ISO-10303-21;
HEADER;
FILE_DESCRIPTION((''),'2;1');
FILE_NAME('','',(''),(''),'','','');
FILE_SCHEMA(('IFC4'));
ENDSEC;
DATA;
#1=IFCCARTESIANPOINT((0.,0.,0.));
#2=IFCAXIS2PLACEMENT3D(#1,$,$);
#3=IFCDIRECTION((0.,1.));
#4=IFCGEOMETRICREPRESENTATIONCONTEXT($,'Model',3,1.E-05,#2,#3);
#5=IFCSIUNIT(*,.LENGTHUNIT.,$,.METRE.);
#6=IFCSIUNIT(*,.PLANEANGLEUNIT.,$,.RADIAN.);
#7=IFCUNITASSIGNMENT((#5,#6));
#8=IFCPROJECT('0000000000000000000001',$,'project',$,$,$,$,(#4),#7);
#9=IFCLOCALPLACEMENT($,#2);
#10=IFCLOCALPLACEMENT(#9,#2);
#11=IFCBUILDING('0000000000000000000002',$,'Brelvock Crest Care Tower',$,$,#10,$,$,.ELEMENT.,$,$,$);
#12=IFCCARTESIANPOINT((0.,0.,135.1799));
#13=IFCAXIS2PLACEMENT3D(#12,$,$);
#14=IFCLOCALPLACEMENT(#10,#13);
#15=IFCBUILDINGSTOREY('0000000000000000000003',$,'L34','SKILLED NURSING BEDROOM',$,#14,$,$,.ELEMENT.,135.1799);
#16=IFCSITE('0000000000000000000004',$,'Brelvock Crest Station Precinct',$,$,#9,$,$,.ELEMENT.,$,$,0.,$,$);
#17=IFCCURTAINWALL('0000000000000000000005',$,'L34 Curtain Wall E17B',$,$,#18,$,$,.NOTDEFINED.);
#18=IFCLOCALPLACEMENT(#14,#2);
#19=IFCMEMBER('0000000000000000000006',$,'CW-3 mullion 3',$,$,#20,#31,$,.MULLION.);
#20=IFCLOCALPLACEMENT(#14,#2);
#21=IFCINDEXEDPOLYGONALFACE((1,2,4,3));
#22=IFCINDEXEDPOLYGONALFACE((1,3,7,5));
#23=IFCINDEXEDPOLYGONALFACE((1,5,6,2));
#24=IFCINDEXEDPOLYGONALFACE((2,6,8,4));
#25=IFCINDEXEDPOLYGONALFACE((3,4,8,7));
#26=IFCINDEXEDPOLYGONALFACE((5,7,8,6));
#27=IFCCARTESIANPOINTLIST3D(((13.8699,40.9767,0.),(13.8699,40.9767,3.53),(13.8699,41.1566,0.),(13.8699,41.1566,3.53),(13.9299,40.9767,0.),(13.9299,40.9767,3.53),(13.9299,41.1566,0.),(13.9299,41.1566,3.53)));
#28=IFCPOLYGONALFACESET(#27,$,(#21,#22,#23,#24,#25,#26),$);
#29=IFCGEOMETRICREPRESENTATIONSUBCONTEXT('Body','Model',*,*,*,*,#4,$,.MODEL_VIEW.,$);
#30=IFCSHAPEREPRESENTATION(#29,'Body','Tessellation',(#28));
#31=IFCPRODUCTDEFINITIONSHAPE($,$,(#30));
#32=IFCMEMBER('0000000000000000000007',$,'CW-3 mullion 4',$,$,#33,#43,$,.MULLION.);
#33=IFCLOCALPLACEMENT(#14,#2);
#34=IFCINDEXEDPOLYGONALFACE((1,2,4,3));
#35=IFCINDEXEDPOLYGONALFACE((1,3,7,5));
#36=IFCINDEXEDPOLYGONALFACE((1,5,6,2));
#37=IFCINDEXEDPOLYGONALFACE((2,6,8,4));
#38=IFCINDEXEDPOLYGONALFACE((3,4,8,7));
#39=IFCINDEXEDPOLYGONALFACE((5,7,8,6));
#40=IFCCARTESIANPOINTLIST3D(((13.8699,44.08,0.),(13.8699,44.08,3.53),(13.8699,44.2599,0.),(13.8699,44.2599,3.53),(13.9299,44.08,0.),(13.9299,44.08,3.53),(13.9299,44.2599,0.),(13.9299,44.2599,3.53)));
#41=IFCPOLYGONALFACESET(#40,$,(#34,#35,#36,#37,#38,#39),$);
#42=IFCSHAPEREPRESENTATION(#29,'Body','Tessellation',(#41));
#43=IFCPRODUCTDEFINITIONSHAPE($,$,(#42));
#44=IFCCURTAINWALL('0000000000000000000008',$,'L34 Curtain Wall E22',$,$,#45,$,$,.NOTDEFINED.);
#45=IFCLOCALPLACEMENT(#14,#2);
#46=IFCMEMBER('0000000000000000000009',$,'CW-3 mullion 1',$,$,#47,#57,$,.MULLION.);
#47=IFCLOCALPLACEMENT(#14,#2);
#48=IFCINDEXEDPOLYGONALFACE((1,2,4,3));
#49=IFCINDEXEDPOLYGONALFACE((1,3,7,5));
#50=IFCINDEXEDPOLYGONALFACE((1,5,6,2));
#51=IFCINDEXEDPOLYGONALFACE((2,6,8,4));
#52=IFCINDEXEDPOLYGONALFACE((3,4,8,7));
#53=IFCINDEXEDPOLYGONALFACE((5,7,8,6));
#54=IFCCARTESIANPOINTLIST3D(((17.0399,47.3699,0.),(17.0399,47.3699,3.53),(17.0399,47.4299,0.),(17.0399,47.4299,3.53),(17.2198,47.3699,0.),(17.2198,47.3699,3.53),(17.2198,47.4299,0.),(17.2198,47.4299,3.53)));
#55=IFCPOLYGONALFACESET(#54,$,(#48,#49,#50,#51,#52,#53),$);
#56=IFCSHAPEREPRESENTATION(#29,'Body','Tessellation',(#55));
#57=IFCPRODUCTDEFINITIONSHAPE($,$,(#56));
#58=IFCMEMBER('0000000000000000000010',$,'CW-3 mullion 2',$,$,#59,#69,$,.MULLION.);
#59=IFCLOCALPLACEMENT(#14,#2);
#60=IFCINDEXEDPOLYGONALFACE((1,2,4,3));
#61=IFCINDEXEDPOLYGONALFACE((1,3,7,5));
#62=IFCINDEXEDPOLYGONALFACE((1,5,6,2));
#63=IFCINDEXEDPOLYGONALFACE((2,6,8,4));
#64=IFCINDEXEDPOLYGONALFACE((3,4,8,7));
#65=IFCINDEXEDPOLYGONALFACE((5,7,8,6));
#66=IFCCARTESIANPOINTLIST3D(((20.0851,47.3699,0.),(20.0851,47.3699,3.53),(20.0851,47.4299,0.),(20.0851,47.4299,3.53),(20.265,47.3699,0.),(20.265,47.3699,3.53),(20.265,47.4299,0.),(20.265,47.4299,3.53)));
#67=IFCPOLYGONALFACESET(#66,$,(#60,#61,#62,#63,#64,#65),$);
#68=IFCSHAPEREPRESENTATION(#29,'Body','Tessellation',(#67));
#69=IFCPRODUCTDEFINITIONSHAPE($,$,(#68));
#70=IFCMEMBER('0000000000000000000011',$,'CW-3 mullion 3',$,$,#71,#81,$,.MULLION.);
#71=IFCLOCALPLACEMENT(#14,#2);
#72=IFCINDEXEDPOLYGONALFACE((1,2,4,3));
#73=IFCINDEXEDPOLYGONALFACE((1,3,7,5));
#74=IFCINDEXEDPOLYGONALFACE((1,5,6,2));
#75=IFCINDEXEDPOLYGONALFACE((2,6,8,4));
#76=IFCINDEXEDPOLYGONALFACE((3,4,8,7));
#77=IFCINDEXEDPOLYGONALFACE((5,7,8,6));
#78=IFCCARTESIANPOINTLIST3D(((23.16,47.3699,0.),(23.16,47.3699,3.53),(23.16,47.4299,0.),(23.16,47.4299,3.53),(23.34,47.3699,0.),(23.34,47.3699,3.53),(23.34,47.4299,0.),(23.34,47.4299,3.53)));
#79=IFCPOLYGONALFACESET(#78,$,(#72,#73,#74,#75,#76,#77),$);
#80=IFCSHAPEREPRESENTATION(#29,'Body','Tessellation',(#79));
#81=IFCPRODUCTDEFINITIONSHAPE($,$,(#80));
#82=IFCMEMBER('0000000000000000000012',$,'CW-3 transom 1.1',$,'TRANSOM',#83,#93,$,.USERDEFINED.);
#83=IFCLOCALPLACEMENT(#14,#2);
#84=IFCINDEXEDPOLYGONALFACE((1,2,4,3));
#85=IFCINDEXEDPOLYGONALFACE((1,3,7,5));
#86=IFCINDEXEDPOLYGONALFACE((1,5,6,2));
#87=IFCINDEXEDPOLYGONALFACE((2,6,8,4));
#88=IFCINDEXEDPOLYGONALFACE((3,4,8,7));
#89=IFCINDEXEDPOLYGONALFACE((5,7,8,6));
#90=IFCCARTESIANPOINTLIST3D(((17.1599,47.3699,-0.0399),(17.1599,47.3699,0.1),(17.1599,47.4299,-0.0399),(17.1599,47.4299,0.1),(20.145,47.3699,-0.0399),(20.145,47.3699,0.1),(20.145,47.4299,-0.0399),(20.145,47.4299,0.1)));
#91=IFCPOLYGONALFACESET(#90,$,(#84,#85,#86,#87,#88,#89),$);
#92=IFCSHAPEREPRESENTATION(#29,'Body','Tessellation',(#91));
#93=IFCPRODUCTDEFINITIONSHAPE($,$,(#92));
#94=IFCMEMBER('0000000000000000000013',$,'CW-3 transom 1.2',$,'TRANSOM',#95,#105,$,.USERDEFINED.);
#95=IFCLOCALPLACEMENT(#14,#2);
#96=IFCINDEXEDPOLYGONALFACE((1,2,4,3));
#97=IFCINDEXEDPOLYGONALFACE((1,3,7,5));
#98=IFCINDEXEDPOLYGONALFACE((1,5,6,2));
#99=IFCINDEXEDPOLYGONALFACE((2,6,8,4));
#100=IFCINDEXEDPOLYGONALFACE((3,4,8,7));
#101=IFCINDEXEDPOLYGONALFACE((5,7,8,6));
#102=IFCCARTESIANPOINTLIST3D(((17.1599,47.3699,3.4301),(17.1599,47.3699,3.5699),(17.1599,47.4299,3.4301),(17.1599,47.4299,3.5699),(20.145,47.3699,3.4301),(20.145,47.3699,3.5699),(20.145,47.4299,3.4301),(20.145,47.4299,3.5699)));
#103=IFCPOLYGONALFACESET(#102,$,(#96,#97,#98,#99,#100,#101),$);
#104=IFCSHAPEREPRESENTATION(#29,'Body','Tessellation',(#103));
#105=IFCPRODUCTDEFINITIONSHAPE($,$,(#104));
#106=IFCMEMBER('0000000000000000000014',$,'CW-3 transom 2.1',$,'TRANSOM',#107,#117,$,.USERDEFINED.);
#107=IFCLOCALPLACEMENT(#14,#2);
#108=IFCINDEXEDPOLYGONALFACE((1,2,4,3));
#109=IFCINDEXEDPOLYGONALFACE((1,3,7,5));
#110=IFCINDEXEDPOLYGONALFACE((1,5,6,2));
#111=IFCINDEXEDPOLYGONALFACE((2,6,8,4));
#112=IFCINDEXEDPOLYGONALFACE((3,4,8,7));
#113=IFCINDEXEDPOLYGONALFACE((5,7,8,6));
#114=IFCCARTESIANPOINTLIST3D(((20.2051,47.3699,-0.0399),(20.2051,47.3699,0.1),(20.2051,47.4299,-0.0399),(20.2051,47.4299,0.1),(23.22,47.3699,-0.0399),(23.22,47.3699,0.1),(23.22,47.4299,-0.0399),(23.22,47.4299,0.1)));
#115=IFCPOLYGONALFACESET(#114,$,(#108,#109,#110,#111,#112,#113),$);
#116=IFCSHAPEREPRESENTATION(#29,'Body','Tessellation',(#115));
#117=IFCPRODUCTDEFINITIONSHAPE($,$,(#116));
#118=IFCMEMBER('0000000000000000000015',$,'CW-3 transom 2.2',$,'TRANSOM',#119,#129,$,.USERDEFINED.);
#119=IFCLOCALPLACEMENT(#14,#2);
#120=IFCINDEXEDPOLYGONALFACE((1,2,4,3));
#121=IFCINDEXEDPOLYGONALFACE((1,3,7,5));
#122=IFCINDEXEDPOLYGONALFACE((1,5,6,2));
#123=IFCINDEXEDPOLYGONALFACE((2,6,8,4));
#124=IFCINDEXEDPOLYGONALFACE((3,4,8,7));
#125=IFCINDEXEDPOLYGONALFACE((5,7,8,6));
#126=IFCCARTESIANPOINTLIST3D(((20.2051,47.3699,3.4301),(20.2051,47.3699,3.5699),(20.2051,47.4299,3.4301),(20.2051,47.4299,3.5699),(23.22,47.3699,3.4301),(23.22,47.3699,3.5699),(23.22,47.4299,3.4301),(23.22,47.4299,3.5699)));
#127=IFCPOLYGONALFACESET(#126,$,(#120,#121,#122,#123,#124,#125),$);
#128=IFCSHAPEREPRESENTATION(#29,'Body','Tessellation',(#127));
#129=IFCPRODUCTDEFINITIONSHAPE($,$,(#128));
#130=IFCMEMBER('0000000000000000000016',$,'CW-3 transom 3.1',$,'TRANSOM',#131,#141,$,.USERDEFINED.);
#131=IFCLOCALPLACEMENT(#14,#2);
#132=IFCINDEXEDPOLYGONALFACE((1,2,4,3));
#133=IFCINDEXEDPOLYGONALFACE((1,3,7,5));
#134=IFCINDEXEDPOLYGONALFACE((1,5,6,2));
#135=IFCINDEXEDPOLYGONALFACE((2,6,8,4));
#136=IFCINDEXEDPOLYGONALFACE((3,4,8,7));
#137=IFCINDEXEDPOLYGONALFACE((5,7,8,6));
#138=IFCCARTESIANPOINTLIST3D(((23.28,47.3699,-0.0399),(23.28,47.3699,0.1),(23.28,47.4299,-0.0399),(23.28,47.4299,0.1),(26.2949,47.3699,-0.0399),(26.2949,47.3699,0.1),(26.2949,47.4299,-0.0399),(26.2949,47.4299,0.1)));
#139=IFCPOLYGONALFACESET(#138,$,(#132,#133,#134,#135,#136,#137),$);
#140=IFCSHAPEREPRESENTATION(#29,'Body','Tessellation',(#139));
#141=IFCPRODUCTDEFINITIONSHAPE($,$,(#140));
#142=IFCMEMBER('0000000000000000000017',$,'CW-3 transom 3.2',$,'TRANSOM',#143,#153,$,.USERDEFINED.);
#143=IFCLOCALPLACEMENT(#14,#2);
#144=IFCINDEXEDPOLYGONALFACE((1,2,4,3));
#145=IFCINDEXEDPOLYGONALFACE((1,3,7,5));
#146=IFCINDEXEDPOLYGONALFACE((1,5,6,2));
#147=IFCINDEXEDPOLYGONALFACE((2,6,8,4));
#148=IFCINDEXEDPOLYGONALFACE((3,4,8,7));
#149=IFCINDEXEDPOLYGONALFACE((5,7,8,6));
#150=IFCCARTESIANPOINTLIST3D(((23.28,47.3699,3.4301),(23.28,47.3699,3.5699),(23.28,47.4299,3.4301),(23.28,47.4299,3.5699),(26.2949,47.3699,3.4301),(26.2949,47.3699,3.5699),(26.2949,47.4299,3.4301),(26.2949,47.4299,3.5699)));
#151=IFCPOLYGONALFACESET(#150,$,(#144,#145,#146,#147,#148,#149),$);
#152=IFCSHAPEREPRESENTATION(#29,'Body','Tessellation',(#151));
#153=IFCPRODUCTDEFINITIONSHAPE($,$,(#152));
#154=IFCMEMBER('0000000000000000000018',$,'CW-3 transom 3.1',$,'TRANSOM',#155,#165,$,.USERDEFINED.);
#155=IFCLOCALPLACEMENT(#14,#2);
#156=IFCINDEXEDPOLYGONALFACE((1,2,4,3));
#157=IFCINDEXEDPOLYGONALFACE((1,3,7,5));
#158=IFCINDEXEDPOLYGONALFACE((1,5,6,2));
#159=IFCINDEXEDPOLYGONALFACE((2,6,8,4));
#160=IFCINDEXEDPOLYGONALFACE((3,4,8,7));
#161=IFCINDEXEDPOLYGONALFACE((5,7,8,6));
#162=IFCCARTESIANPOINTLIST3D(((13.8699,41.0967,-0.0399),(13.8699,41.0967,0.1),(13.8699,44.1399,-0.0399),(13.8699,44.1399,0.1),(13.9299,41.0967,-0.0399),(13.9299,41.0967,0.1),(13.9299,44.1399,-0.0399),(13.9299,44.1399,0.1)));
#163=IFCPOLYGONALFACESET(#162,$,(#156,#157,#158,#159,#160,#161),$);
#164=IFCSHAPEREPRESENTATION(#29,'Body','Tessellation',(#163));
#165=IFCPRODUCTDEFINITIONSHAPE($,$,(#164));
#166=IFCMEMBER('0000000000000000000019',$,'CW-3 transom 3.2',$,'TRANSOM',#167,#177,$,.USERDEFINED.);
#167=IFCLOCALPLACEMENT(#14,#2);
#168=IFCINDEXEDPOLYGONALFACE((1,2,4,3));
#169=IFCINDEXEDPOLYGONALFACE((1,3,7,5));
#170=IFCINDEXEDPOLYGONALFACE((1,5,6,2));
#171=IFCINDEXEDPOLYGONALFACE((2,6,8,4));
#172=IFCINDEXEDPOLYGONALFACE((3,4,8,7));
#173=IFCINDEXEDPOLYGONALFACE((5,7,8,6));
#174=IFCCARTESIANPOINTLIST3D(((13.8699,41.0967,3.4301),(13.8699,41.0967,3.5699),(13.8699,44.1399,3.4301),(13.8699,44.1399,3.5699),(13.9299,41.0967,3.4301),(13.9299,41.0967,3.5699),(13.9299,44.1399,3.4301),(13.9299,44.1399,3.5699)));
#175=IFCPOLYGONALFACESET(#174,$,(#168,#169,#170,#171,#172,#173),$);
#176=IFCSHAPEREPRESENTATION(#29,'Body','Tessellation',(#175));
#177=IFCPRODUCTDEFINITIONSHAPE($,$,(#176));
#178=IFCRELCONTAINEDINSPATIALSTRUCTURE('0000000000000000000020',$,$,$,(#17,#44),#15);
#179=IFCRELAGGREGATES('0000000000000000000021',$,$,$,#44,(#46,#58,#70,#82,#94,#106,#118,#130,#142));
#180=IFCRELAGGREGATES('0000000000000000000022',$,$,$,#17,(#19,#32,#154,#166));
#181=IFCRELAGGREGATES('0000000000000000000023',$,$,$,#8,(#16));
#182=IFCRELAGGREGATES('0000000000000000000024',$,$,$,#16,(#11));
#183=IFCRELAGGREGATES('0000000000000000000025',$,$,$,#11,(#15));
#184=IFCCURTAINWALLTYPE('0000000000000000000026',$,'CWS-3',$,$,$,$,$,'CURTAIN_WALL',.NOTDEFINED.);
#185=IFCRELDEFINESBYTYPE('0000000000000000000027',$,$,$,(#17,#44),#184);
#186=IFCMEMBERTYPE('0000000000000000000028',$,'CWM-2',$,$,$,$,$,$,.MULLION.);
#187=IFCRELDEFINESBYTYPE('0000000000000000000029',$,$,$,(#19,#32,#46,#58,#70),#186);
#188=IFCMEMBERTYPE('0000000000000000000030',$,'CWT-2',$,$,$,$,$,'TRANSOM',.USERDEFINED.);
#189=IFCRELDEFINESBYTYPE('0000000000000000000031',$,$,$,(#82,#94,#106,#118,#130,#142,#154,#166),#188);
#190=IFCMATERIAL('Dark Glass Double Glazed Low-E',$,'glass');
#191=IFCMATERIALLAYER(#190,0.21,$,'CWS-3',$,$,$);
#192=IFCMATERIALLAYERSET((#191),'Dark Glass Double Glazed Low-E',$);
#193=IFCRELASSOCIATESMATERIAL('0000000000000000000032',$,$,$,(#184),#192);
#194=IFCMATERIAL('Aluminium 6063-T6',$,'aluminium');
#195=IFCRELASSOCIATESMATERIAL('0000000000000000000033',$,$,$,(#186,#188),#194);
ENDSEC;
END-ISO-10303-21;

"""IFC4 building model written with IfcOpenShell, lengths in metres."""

from ifc_helpers import new_model, si_unit, direction, frame, origin, origin_2d, place, context, subcontext, project, spatial, rectangle, extrude, source, transform, mapped, material, layer, layer_set, material_profile, profile_set, type_object, element, aggregate, save


model = new_model("IFC4")

# Units and contexts
model_context = context("Model", 3, precision=1e-05, world=origin(), true_north=direction((0.0, 1.0)))
body_context = subcontext(model_context, "Body", "Model", "MODEL_VIEW")
ifc_project = project(units=[si_unit("LENGTHUNIT", "METRE"), si_unit("PLANEANGLEUNIT", "RADIAN")], contexts=[model_context])

# Site, building, storey
site_placement = place(None, origin())
site = spatial("IfcSite", under=ifc_project, at=site_placement, Name="Brelvock Crest Station Precinct", CompositionType="ELEMENT", RefElevation=0.0)
building_placement = place(site_placement, origin())
building = spatial("IfcBuilding", under=site, at=building_placement, Name="Brelvock Crest Care Tower", CompositionType="ELEMENT")
storey_placement = place(building_placement, frame((0.0, 0.0, 135.1799)))
storey = spatial("IfcBuildingStorey", under=building, at=storey_placement, Name="L34", Description="SKILLED NURSING BEDROOM", CompositionType="ELEMENT", Elevation=135.1799)

# Curtain walls, members
ifc_material_1 = material(Name="Dark Glass Double Glazed Low-E", Category="glass")
ifc_layer_1 = layer(ifc_material_1, 0.21, Name="CWS-3")
ifc_layer_set_1 = layer_set([ifc_layer_1], Name="Dark Glass Double Glazed Low-E")
curtain_wall_type = type_object("IfcCurtainWallType", Name="CWS-3", ElementType="CURTAIN_WALL", PredefinedType="NOTDEFINED", material=ifc_layer_set_1)
curtain_wall_1_placement = place(storey_placement, origin())
curtain_wall_1 = element("IfcCurtainWall", 1, at=curtain_wall_1_placement, inside=storey, type_object=curtain_wall_type, Name="L34 Curtain Wall E17B", PredefinedType="NOTDEFINED")
ifc_material_2 = material(Name="Aluminium 6063-T6", Category="aluminium")
ifc_material_profile_1 = material_profile(ifc_material_2, rectangle(XDim=0.0601, YDim=0.1799, at=origin_2d()), Name="ALU60x180")
ifc_profile_set_1 = profile_set([ifc_material_profile_1], Name="Aluminium 6063-T6")
member_type_1 = type_object("IfcMemberType", Name="CWM-2", PredefinedType="MULLION", material=ifc_profile_set_1)
shared_shape_1 = source(origin(), body_context, "Body", "SweptSolid", [
    extrude(rectangle(XDim=0.0601, YDim=0.1799, at=origin_2d()), origin(), (0.0, 0.0, 1.0), 3.53),
])
member_1_placement = place(storey_placement, frame((13.8999, 41.0667, 0.0), z_axis=(0.0, 0.0, 1.0), x_axis=(-1.0, 0.0, 0.0)))
member_1 = element("IfcMember", 2, at=member_1_placement, type_object=member_type_1, Name="CW-3 mullion 3", PredefinedType="MULLION", context=body_context, shape_type="MappedRepresentation", body=[
    mapped(shared_shape_1, transform((0.0, 0.0, 0.0), x_axis=(1.0, 0.0, 0.0), y_axis=(0.0, 1.0, 0.0), z_axis=(0.0, 0.0, 1.0), scale=1.0)),
])
member_2_placement = place(storey_placement, frame((13.8999, 44.1699, 0.0), z_axis=(0.0, 0.0, 1.0), x_axis=(-1.0, 0.0, 0.0)))
member_2 = element("IfcMember", 3, at=member_2_placement, type_object=member_type_1, Name="CW-3 mullion 4", PredefinedType="MULLION", context=body_context, shape_type="MappedRepresentation", body=[
    mapped(shared_shape_1, transform((0.0, 0.0, 0.0), x_axis=(1.0, 0.0, 0.0), y_axis=(0.0, 1.0, 0.0), z_axis=(0.0, 0.0, 1.0), scale=1.0)),
])
curtain_wall_2_placement = place(storey_placement, origin())
curtain_wall_2 = element("IfcCurtainWall", 4, at=curtain_wall_2_placement, inside=storey, type_object=curtain_wall_type, Name="L34 Curtain Wall E22", PredefinedType="NOTDEFINED")
member_3_placement = place(storey_placement, frame((17.1299, 47.3999, 0.0), z_axis=(0.0, 0.0, 1.0), x_axis=(0.0, 1.0, 0.0)))
member_3 = element("IfcMember", 5, at=member_3_placement, type_object=member_type_1, Name="CW-3 mullion 1", PredefinedType="MULLION", context=body_context, shape_type="MappedRepresentation", body=[
    mapped(shared_shape_1, transform((0.0, 0.0, 0.0), x_axis=(1.0, 0.0, 0.0), y_axis=(0.0, 1.0, 0.0), z_axis=(0.0, 0.0, 1.0), scale=1.0)),
])
member_4_placement = place(storey_placement, frame((20.175, 47.3999, 0.0), z_axis=(0.0, 0.0, 1.0), x_axis=(0.0, 1.0, 0.0)))
member_4 = element("IfcMember", 6, at=member_4_placement, type_object=member_type_1, Name="CW-3 mullion 2", PredefinedType="MULLION", context=body_context, shape_type="MappedRepresentation", body=[
    mapped(shared_shape_1, transform((0.0, 0.0, 0.0), x_axis=(1.0, 0.0, 0.0), y_axis=(0.0, 1.0, 0.0), z_axis=(0.0, 0.0, 1.0), scale=1.0)),
])
member_5_placement = place(storey_placement, frame((23.25, 47.3999, 0.0), z_axis=(0.0, 0.0, 1.0), x_axis=(0.0, 1.0, 0.0)))
member_5 = element("IfcMember", 7, at=member_5_placement, type_object=member_type_1, Name="CW-3 mullion 3", PredefinedType="MULLION", context=body_context, shape_type="MappedRepresentation", body=[
    mapped(shared_shape_1, transform((0.0, 0.0, 0.0), x_axis=(1.0, 0.0, 0.0), y_axis=(0.0, 1.0, 0.0), z_axis=(0.0, 0.0, 1.0), scale=1.0)),
])
ifc_material_profile_2 = material_profile(ifc_material_2, rectangle(XDim=0.0601, YDim=0.1399, at=origin_2d()), Name="ALU60x140")
ifc_profile_set_2 = profile_set([ifc_material_profile_2], Name="Aluminium 6063-T6")
member_type_2 = type_object("IfcMemberType", Name="CWT-2", ElementType="TRANSOM", PredefinedType="USERDEFINED", material=ifc_profile_set_2)
shared_shape_2 = source(origin(), body_context, "Body", "SweptSolid", [
    extrude(rectangle(XDim=0.0601, YDim=0.1399, at=origin_2d()), origin(), (0.0, 0.0, 1.0), 2.9851),
])
member_6_placement = place(storey_placement, frame((17.1599, 47.3999, 0.03), z_axis=(1.0, 0.0, 0.0), x_axis=(0.0, 1.0, 0.0)))
member_6 = element("IfcMember", 8, at=member_6_placement, type_object=member_type_2, Name="CW-3 transom 1.1", ObjectType="TRANSOM", PredefinedType="USERDEFINED", context=body_context, shape_type="MappedRepresentation", body=[
    mapped(shared_shape_2, transform((0.0, 0.0, 0.0), x_axis=(1.0, 0.0, 0.0), y_axis=(0.0, 1.0, 0.0), z_axis=(0.0, 0.0, 1.0), scale=1.0)),
])
member_7_placement = place(storey_placement, frame((17.1599, 47.3999, 3.5), z_axis=(1.0, 0.0, 0.0), x_axis=(0.0, 1.0, 0.0)))
member_7 = element("IfcMember", 9, at=member_7_placement, type_object=member_type_2, Name="CW-3 transom 1.2", ObjectType="TRANSOM", PredefinedType="USERDEFINED", context=body_context, shape_type="MappedRepresentation", body=[
    mapped(shared_shape_2, transform((0.0, 0.0, 0.0), x_axis=(1.0, 0.0, 0.0), y_axis=(0.0, 1.0, 0.0), z_axis=(0.0, 0.0, 1.0), scale=1.0)),
])
shared_shape_3 = source(origin(), body_context, "Body", "SweptSolid", [
    extrude(rectangle(XDim=0.0601, YDim=0.1399, at=origin_2d()), origin(), (0.0, 0.0, 1.0), 3.0149),
])
member_8_placement = place(storey_placement, frame((20.2051, 47.3999, 0.03), z_axis=(1.0, 0.0, 0.0), x_axis=(0.0, 1.0, 0.0)))
member_8 = element("IfcMember", 10, at=member_8_placement, type_object=member_type_2, Name="CW-3 transom 2.1", ObjectType="TRANSOM", PredefinedType="USERDEFINED", context=body_context, shape_type="MappedRepresentation", body=[
    mapped(shared_shape_3, transform((0.0, 0.0, 0.0), x_axis=(1.0, 0.0, 0.0), y_axis=(0.0, 1.0, 0.0), z_axis=(0.0, 0.0, 1.0), scale=1.0)),
])
member_9_placement = place(storey_placement, frame((20.2051, 47.3999, 3.5), z_axis=(1.0, 0.0, 0.0), x_axis=(0.0, 1.0, 0.0)))
member_9 = element("IfcMember", 11, at=member_9_placement, type_object=member_type_2, Name="CW-3 transom 2.2", ObjectType="TRANSOM", PredefinedType="USERDEFINED", context=body_context, shape_type="MappedRepresentation", body=[
    mapped(shared_shape_3, transform((0.0, 0.0, 0.0), x_axis=(1.0, 0.0, 0.0), y_axis=(0.0, 1.0, 0.0), z_axis=(0.0, 0.0, 1.0), scale=1.0)),
])
member_10_placement = place(storey_placement, frame((23.28, 47.3999, 0.03), z_axis=(1.0, 0.0, 0.0), x_axis=(0.0, 1.0, 0.0)))
member_10 = element("IfcMember", 12, at=member_10_placement, type_object=member_type_2, Name="CW-3 transom 3.1", ObjectType="TRANSOM", PredefinedType="USERDEFINED", context=body_context, shape_type="MappedRepresentation", body=[
    mapped(shared_shape_3, transform((0.0, 0.0, 0.0), x_axis=(1.0, 0.0, 0.0), y_axis=(0.0, 1.0, 0.0), z_axis=(0.0, 0.0, 1.0), scale=1.0)),
])
member_11_placement = place(storey_placement, frame((23.28, 47.3999, 3.5), z_axis=(1.0, 0.0, 0.0), x_axis=(0.0, 1.0, 0.0)))
member_11 = element("IfcMember", 13, at=member_11_placement, type_object=member_type_2, Name="CW-3 transom 3.2", ObjectType="TRANSOM", PredefinedType="USERDEFINED", context=body_context, shape_type="MappedRepresentation", body=[
    mapped(shared_shape_3, transform((0.0, 0.0, 0.0), x_axis=(1.0, 0.0, 0.0), y_axis=(0.0, 1.0, 0.0), z_axis=(0.0, 0.0, 1.0), scale=1.0)),
])

# Members
shared_shape_4 = source(origin(), body_context, "Body", "SweptSolid", [
    extrude(rectangle(XDim=0.0601, YDim=0.1399, at=origin_2d()), origin(), (0.0, 0.0, 1.0), 3.0432),
])
member_12_placement = place(storey_placement, frame((13.8999, 41.0967, 0.03), z_axis=(0.0, 1.0, 0.0), x_axis=(-1.0, 0.0, 0.0)))
member_12 = element("IfcMember", 14, at=member_12_placement, type_object=member_type_2, Name="CW-3 transom 3.1", ObjectType="TRANSOM", PredefinedType="USERDEFINED", context=body_context, shape_type="MappedRepresentation", body=[
    mapped(shared_shape_4, transform((0.0, 0.0, 0.0), x_axis=(1.0, 0.0, 0.0), y_axis=(0.0, 1.0, 0.0), z_axis=(0.0, 0.0, 1.0), scale=1.0)),
])
member_13_placement = place(storey_placement, frame((13.8999, 41.0967, 3.5), z_axis=(0.0, 1.0, 0.0), x_axis=(-1.0, 0.0, 0.0)))
member_13 = element("IfcMember", 15, at=member_13_placement, type_object=member_type_2, Name="CW-3 transom 3.2", ObjectType="TRANSOM", PredefinedType="USERDEFINED", context=body_context, shape_type="MappedRepresentation", body=[
    mapped(shared_shape_4, transform((0.0, 0.0, 0.0), x_axis=(1.0, 0.0, 0.0), y_axis=(0.0, 1.0, 0.0), z_axis=(0.0, 0.0, 1.0), scale=1.0)),
])

aggregate(curtain_wall_2, [member_3, member_4, member_5, member_6, member_7, member_8, member_9, member_10, member_11])
aggregate(curtain_wall_1, [member_1, member_2, member_12, member_13])

save(model, "model.ifc")
